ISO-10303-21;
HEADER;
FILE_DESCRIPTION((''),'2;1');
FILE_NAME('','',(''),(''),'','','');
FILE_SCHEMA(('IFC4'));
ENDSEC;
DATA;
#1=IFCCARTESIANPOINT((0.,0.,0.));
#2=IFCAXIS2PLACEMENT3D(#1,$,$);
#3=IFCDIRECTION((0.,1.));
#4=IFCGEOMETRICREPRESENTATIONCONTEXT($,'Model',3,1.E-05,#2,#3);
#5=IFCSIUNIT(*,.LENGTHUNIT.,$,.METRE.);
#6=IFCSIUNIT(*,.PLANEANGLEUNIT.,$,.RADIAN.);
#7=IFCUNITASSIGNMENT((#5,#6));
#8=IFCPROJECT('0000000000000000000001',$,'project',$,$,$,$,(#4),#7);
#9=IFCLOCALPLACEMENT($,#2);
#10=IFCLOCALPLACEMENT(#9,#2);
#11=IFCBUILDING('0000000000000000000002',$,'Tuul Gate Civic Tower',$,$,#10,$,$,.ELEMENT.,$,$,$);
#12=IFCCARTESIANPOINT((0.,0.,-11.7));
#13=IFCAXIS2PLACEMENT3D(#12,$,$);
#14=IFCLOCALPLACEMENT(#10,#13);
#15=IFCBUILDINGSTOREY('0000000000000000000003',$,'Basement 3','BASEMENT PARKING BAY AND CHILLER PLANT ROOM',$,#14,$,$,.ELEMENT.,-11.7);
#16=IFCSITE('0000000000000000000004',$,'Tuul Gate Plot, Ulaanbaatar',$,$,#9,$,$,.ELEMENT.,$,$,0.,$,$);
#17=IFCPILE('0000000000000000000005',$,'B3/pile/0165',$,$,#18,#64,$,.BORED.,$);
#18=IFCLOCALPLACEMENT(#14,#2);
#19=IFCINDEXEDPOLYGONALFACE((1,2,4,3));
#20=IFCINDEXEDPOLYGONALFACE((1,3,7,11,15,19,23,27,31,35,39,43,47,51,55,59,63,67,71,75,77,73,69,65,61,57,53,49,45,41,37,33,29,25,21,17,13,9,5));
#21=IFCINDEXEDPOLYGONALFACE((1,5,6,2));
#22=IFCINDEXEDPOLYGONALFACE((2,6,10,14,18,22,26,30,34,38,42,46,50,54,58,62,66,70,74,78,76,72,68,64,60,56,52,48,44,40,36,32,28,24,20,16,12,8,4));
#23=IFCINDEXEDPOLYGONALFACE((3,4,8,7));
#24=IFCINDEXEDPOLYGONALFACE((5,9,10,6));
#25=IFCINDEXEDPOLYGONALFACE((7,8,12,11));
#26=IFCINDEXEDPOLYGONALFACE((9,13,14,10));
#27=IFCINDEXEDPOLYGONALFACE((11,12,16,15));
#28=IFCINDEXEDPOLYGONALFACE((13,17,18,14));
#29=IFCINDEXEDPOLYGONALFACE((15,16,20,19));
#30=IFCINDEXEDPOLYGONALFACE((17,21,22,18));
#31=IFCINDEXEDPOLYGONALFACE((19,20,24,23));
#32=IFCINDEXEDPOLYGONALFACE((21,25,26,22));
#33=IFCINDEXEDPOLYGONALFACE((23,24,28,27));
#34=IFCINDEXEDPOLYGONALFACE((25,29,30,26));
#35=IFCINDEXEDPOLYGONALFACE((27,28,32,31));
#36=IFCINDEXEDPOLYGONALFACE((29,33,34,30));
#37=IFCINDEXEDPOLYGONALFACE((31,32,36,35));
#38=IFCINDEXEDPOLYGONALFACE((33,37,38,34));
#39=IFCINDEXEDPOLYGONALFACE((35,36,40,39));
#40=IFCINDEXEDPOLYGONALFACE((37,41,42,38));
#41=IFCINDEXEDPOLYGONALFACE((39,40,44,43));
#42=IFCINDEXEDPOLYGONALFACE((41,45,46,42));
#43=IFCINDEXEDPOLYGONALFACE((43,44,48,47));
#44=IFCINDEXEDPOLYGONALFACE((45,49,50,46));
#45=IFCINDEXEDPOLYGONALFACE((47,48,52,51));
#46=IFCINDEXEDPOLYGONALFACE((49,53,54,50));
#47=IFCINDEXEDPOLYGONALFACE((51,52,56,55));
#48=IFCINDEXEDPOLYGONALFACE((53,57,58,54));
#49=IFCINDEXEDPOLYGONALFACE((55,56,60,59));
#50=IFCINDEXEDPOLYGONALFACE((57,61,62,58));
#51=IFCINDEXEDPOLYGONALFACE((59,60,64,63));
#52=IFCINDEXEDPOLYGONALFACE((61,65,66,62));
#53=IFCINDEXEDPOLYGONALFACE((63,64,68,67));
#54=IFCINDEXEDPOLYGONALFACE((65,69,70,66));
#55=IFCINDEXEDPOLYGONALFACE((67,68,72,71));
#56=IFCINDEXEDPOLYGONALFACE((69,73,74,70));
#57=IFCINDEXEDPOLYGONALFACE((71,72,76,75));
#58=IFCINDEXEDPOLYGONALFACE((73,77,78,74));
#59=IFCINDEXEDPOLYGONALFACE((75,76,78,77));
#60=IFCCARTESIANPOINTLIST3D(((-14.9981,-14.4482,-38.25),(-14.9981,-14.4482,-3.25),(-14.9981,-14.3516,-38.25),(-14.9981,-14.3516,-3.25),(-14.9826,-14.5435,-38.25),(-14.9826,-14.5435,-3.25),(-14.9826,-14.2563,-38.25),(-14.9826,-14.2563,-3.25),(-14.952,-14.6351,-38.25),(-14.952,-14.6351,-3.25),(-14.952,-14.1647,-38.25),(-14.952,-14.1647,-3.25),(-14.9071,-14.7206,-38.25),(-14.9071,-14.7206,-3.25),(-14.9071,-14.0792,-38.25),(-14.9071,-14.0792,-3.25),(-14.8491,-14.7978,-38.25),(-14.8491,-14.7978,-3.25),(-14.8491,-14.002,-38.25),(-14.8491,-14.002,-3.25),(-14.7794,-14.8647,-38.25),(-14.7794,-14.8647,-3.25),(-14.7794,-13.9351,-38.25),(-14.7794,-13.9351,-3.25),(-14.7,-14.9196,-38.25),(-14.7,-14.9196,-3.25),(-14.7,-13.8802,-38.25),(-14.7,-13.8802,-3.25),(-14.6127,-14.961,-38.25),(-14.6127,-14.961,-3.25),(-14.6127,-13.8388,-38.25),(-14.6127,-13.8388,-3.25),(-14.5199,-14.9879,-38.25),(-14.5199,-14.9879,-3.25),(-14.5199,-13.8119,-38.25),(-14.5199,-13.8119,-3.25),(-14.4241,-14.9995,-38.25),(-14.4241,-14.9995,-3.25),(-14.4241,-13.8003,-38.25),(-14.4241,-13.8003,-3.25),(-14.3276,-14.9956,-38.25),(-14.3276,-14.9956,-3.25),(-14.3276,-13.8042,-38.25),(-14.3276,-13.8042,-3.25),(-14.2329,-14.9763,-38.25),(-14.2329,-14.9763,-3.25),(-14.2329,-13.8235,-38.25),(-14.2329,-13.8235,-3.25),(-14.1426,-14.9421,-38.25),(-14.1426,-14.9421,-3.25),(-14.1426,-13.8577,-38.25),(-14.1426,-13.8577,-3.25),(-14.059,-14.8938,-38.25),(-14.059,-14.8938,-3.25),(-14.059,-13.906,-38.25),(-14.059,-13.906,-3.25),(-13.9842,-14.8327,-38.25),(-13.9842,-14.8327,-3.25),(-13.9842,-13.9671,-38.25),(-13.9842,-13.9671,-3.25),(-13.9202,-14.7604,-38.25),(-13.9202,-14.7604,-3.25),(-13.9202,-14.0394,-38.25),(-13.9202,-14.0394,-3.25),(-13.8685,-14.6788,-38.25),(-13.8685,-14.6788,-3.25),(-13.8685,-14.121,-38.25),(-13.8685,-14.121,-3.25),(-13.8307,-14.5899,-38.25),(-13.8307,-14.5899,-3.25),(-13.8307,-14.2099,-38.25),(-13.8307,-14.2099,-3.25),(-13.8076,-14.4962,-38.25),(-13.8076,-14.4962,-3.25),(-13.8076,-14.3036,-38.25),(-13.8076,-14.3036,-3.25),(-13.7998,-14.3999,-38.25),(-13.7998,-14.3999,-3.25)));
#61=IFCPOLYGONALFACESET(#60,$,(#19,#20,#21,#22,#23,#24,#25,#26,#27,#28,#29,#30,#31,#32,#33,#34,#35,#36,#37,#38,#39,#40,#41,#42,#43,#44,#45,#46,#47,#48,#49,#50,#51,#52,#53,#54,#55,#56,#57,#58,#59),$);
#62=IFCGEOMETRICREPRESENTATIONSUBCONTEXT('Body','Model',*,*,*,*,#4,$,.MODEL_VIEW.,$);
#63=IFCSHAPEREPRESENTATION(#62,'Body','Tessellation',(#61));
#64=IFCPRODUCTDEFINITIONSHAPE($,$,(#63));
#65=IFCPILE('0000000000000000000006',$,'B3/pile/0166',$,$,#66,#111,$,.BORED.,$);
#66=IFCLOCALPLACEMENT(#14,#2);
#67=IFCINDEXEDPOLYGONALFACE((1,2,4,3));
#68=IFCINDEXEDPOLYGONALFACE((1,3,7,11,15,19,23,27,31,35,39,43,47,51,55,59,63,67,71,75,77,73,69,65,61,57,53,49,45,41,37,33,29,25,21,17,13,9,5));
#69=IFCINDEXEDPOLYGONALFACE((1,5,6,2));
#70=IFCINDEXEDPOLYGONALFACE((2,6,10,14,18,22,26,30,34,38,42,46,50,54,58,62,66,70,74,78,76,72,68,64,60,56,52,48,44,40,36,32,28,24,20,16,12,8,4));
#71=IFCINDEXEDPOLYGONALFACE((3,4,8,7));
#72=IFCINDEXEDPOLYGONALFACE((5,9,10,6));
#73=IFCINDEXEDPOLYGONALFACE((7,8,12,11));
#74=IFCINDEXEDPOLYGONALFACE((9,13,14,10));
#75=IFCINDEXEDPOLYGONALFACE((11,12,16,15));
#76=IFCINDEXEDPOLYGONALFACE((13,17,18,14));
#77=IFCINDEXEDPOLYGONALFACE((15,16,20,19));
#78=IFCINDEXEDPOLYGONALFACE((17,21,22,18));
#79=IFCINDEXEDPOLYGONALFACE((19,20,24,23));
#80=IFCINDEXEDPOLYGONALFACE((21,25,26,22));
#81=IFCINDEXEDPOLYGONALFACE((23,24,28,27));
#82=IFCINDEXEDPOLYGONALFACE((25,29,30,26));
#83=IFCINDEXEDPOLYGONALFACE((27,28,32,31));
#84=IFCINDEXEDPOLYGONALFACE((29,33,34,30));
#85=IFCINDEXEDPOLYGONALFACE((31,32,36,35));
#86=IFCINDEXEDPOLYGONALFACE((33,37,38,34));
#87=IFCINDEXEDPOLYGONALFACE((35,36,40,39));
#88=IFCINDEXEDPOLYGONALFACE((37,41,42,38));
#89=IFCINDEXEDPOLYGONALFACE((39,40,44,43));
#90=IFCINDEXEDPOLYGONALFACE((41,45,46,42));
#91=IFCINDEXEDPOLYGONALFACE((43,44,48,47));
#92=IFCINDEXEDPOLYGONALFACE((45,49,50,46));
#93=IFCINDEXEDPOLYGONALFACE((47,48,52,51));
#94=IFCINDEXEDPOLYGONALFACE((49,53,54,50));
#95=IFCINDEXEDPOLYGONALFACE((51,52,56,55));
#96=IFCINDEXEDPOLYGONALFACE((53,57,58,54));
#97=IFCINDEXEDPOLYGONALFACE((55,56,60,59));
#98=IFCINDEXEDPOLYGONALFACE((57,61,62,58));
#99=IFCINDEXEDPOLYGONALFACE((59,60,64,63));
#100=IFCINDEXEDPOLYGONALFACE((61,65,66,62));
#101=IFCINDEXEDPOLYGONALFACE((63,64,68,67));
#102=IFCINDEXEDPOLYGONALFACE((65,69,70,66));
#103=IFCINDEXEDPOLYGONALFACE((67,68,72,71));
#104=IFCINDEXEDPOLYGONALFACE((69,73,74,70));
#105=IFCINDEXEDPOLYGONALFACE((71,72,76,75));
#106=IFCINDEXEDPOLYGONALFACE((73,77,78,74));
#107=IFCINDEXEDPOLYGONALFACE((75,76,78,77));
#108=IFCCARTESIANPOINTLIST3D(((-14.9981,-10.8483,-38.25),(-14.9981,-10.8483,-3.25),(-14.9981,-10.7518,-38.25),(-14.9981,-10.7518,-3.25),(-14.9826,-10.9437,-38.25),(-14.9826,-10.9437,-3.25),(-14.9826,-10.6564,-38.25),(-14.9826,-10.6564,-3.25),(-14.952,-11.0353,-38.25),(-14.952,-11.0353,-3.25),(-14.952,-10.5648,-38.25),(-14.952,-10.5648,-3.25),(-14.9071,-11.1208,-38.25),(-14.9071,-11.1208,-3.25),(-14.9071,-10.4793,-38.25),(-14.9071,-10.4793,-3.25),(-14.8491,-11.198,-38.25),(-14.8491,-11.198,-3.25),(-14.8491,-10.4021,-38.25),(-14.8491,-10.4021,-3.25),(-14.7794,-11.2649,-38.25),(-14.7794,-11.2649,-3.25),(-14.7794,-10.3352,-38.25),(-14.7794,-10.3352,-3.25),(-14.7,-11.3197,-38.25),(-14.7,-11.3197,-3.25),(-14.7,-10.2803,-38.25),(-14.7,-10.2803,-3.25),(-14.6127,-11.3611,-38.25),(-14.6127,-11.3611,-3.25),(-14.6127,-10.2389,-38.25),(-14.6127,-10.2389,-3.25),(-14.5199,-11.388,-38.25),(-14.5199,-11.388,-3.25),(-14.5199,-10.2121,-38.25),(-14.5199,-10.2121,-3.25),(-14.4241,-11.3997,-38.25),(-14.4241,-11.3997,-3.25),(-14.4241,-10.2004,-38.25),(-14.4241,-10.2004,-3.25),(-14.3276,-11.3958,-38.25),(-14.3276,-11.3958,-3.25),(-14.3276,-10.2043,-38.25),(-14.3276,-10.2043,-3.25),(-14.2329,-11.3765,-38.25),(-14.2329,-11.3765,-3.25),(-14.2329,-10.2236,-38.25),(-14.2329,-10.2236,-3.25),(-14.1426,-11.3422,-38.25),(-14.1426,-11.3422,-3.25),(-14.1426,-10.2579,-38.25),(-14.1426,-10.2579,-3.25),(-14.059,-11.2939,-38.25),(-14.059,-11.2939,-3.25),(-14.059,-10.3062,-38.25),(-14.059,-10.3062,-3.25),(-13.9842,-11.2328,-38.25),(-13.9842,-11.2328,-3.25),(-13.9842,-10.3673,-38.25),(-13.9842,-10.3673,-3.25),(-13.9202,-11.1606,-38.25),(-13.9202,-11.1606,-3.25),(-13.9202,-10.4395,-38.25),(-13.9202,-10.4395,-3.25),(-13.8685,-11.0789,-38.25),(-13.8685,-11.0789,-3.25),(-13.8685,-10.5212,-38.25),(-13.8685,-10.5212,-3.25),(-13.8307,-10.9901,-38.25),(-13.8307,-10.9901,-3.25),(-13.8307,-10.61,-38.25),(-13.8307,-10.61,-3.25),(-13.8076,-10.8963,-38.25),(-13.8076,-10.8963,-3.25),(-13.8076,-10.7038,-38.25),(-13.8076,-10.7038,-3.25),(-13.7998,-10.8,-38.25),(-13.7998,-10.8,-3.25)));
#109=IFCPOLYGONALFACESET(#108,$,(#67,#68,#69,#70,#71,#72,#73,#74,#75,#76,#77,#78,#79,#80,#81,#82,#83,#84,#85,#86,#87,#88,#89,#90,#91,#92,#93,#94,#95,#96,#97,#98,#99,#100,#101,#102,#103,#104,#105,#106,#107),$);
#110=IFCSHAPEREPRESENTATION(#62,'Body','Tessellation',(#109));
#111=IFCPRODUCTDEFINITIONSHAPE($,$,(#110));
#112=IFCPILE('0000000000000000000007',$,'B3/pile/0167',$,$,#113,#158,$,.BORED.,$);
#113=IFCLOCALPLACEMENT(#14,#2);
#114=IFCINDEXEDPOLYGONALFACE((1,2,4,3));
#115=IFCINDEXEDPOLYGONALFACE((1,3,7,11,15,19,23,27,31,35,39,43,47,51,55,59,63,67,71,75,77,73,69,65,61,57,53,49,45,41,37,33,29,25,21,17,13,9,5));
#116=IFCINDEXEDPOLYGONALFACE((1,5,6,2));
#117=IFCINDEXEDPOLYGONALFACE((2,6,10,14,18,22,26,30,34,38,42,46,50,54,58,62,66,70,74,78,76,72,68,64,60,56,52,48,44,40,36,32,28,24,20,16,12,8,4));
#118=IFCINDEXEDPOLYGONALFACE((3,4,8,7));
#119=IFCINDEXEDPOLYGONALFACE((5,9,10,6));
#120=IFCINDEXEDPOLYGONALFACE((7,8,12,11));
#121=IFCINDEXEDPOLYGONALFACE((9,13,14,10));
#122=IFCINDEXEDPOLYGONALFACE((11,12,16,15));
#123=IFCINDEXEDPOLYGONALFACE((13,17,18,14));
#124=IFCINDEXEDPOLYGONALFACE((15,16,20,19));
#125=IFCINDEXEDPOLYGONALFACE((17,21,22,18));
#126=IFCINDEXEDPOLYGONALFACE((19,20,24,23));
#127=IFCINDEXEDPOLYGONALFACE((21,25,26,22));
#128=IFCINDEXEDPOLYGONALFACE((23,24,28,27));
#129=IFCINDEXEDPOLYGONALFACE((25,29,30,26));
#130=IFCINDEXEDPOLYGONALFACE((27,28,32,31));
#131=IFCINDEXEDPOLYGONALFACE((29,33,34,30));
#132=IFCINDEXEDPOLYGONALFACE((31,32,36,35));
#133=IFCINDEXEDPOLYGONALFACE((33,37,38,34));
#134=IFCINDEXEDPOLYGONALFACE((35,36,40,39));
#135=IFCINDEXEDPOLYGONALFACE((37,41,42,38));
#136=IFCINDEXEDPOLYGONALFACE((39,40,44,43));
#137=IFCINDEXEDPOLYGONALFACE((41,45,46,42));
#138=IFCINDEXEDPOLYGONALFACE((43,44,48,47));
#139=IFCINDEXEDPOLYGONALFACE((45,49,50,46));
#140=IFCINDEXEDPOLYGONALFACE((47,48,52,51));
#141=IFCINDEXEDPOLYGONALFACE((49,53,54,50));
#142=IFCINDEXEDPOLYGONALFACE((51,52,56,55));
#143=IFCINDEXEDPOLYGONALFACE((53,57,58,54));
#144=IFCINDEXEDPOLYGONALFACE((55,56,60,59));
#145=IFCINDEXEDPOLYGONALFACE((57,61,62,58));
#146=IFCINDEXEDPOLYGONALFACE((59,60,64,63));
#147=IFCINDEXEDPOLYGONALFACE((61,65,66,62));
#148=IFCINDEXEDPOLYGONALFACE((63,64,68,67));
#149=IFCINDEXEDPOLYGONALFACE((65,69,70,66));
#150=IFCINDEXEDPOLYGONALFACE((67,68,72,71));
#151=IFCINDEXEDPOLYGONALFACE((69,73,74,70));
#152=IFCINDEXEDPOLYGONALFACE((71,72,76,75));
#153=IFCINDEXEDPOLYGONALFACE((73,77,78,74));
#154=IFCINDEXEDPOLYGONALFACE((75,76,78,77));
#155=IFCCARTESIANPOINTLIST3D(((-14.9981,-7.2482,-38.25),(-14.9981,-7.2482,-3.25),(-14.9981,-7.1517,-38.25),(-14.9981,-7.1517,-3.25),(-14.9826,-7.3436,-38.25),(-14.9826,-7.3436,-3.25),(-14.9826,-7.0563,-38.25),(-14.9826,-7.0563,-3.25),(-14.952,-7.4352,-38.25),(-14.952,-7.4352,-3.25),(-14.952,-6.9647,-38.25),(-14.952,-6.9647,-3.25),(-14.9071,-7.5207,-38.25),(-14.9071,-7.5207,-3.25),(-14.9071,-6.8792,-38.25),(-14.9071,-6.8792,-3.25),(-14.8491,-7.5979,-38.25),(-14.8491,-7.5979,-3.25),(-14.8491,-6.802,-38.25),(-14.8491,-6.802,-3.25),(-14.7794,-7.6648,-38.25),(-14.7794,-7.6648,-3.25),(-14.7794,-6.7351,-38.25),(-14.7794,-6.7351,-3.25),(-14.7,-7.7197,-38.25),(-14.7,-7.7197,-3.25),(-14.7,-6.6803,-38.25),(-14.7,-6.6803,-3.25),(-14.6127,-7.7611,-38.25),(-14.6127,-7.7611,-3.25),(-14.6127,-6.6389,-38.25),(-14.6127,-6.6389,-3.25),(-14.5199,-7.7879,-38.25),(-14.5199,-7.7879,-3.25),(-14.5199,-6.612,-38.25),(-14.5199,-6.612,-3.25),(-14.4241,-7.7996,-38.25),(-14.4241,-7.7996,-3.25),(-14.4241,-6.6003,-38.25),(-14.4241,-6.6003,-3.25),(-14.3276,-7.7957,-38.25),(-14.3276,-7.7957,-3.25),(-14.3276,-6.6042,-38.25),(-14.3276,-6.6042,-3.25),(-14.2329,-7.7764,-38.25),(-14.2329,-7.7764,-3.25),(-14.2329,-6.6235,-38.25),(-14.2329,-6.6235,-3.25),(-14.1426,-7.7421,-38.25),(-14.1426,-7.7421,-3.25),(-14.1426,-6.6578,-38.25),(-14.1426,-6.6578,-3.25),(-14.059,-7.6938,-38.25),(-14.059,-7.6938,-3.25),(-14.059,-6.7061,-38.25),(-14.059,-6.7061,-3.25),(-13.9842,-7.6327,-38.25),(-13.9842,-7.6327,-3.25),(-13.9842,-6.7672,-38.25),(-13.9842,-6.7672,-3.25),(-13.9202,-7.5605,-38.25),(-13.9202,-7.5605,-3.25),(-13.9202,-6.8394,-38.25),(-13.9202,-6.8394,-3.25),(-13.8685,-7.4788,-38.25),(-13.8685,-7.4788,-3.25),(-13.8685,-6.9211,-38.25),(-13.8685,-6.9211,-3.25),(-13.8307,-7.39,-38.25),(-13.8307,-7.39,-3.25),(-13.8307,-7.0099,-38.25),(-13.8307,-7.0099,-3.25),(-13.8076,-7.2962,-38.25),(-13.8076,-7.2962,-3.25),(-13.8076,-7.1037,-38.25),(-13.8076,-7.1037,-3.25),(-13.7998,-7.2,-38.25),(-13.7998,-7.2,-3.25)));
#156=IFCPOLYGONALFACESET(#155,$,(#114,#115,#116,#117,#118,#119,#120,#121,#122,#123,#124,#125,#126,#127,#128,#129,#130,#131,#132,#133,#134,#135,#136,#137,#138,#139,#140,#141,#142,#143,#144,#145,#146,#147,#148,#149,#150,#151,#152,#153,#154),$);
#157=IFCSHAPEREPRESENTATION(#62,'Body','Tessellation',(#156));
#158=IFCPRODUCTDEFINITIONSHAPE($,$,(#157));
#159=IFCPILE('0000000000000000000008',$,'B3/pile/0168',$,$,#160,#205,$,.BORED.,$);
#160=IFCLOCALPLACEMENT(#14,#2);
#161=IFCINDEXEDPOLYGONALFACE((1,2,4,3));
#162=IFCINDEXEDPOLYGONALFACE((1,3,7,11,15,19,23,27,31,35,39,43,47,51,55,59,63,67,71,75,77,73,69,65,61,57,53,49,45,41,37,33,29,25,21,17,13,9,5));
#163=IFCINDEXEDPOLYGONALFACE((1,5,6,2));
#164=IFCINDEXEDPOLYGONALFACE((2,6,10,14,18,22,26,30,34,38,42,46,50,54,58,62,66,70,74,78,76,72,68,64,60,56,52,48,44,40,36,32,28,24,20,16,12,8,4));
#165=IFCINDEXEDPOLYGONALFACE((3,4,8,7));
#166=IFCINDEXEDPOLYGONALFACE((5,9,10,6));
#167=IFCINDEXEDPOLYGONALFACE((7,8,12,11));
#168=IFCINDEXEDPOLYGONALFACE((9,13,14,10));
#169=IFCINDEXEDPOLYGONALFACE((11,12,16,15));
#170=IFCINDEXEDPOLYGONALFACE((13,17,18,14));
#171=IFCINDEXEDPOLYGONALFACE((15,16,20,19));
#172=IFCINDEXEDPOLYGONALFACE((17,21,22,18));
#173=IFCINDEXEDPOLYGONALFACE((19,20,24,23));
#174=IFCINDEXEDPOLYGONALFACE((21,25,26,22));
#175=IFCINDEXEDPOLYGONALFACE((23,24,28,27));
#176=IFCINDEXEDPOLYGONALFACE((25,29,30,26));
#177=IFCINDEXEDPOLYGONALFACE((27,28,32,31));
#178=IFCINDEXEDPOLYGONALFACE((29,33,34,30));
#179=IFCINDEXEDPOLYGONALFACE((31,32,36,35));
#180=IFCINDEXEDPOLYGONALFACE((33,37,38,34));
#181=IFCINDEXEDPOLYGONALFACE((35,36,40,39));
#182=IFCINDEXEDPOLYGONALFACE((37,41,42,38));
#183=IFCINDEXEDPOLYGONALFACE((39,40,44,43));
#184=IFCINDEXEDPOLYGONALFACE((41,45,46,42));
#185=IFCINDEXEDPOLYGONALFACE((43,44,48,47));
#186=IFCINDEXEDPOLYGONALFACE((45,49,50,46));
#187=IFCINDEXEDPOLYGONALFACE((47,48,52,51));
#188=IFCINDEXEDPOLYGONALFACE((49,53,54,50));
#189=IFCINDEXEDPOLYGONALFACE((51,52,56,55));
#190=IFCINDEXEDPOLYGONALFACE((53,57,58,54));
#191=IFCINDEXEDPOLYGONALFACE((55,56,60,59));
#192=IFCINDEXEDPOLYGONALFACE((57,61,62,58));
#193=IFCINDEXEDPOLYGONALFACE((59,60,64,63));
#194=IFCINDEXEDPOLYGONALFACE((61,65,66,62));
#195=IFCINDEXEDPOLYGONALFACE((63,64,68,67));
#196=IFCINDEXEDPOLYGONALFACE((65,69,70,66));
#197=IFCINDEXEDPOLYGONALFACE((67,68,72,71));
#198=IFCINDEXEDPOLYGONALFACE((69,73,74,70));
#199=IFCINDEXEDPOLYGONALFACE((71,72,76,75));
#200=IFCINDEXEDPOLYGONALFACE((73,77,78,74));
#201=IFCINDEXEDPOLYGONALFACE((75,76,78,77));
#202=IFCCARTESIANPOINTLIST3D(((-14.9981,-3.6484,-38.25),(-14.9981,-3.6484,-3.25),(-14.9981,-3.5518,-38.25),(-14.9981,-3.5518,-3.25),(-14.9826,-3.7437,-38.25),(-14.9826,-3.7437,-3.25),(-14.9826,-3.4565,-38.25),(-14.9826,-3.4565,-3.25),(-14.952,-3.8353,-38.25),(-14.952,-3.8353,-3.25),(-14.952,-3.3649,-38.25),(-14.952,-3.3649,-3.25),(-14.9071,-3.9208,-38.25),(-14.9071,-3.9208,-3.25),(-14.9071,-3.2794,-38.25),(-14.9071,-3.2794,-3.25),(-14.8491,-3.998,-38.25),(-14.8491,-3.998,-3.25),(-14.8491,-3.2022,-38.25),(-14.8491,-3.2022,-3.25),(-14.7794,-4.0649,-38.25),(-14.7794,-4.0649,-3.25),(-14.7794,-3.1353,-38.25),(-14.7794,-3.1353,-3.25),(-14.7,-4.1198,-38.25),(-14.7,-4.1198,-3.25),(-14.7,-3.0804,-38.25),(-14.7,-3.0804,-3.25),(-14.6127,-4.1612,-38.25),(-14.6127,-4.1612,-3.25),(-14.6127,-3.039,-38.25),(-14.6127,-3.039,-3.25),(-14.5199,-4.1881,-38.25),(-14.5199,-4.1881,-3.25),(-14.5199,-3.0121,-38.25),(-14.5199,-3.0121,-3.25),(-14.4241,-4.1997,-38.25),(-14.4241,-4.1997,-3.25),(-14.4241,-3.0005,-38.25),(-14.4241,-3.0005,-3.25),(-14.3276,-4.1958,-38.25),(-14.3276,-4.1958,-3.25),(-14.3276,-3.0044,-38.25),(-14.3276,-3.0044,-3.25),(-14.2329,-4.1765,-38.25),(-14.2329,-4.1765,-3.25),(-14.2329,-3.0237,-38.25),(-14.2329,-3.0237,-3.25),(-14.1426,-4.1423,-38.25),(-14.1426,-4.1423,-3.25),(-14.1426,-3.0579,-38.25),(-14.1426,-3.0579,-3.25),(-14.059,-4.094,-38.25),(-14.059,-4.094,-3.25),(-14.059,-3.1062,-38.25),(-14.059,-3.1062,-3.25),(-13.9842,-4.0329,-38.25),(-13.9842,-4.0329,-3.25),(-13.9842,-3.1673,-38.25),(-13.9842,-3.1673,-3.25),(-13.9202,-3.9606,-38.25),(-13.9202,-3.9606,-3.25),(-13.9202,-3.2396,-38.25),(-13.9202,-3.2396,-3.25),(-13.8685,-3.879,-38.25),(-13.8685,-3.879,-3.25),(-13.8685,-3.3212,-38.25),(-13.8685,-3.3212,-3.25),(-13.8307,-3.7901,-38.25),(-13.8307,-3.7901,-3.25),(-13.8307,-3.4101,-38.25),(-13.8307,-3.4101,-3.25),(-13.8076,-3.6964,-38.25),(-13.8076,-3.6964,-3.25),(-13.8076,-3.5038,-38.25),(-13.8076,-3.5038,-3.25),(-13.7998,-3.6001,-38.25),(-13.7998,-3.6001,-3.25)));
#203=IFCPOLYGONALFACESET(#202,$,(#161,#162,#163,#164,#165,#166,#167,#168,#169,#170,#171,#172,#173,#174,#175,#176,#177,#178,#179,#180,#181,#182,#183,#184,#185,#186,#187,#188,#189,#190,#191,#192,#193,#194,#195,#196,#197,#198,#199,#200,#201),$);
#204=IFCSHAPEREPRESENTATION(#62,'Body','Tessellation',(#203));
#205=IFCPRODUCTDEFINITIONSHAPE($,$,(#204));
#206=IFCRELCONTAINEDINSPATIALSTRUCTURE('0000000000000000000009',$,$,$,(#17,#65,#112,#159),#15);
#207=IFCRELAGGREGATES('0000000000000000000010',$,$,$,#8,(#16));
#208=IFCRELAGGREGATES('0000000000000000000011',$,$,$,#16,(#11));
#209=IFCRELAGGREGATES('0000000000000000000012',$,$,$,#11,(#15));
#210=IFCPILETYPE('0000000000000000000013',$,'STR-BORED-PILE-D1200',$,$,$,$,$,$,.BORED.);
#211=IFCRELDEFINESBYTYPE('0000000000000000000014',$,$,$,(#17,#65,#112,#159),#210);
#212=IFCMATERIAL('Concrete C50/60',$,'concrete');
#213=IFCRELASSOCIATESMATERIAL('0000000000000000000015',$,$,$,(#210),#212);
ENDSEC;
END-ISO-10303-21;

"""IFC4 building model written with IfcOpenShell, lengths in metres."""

from ifc_helpers import new_model, si_unit, direction, frame, origin, origin_2d, place, context, subcontext, project, spatial, circle, extrude, material, material_profile, profile_set, type_object, element, save


model = new_model("IFC4")

# Units and contexts
model_context = context("Model", 3, precision=1e-05, world=origin(), true_north=direction((0.0, 1.0)))
body_context = subcontext(model_context, "Body", "Model", "MODEL_VIEW")
ifc_project = project(units=[si_unit("LENGTHUNIT", "METRE"), si_unit("PLANEANGLEUNIT", "RADIAN")], contexts=[model_context])

# Site, building, storey
site_placement = place(None, origin())
site = spatial("IfcSite", under=ifc_project, at=site_placement, Name="Tuul Gate Plot, Ulaanbaatar", CompositionType="ELEMENT", RefElevation=0.0)
building_placement = place(site_placement, origin())
building = spatial("IfcBuilding", under=site, at=building_placement, Name="Tuul Gate Civic Tower", CompositionType="ELEMENT")
storey_placement = place(building_placement, frame((0.0, 0.0, -11.7)))
storey = spatial("IfcBuildingStorey", under=building, at=storey_placement, Name="Basement 3", Description="BASEMENT PARKING BAY AND CHILLER PLANT ROOM", CompositionType="ELEMENT", Elevation=-11.7)

# Piles
ifc_material_1 = material(Name="Concrete C50/60", Category="concrete")
ifc_material_profile_1 = material_profile(ifc_material_1, circle(Radius=0.6001, at=origin_2d()), Name="PILE1200")
ifc_profile_set_1 = profile_set([ifc_material_profile_1], Name="Concrete C50/60")
pile_type = type_object("IfcPileType", Name="STR-BORED-PILE-D1200", PredefinedType="BORED", material=ifc_profile_set_1)
for number, where, z_axis, x_axis, name in (
    (1, (-14.3999, -14.3999, -3.25), (0.0, 0.0, -1.0), (1.0, 0.0, 0.0), "B3/pile/0165"),
    (2, (-14.3999, -10.8, -3.25), (0.0, 0.0, -1.0), (1.0, 0.0, 0.0), "B3/pile/0166"),
    (3, (-14.3999, -7.2, -3.25), (0.0, 0.0, -1.0), (1.0, 0.0, 0.0), "B3/pile/0167"),
    (4, (-14.3999, -3.6001, -3.25), (0.0, 0.0, -1.0), (1.0, 0.0, 0.0), "B3/pile/0168"),
):
    element("IfcPile", number, at=place(storey_placement, frame(where, z_axis=z_axis, x_axis=x_axis)), inside=storey, type_object=pile_type, Name=name, PredefinedType="BORED", context=body_context, shape_type="SweptSolid", body=[
        extrude(circle(Radius=0.6001, at=origin_2d()), origin(), (0.0, 0.0, 1.0), 35.0),
    ])

save(model, "model.ifc")
